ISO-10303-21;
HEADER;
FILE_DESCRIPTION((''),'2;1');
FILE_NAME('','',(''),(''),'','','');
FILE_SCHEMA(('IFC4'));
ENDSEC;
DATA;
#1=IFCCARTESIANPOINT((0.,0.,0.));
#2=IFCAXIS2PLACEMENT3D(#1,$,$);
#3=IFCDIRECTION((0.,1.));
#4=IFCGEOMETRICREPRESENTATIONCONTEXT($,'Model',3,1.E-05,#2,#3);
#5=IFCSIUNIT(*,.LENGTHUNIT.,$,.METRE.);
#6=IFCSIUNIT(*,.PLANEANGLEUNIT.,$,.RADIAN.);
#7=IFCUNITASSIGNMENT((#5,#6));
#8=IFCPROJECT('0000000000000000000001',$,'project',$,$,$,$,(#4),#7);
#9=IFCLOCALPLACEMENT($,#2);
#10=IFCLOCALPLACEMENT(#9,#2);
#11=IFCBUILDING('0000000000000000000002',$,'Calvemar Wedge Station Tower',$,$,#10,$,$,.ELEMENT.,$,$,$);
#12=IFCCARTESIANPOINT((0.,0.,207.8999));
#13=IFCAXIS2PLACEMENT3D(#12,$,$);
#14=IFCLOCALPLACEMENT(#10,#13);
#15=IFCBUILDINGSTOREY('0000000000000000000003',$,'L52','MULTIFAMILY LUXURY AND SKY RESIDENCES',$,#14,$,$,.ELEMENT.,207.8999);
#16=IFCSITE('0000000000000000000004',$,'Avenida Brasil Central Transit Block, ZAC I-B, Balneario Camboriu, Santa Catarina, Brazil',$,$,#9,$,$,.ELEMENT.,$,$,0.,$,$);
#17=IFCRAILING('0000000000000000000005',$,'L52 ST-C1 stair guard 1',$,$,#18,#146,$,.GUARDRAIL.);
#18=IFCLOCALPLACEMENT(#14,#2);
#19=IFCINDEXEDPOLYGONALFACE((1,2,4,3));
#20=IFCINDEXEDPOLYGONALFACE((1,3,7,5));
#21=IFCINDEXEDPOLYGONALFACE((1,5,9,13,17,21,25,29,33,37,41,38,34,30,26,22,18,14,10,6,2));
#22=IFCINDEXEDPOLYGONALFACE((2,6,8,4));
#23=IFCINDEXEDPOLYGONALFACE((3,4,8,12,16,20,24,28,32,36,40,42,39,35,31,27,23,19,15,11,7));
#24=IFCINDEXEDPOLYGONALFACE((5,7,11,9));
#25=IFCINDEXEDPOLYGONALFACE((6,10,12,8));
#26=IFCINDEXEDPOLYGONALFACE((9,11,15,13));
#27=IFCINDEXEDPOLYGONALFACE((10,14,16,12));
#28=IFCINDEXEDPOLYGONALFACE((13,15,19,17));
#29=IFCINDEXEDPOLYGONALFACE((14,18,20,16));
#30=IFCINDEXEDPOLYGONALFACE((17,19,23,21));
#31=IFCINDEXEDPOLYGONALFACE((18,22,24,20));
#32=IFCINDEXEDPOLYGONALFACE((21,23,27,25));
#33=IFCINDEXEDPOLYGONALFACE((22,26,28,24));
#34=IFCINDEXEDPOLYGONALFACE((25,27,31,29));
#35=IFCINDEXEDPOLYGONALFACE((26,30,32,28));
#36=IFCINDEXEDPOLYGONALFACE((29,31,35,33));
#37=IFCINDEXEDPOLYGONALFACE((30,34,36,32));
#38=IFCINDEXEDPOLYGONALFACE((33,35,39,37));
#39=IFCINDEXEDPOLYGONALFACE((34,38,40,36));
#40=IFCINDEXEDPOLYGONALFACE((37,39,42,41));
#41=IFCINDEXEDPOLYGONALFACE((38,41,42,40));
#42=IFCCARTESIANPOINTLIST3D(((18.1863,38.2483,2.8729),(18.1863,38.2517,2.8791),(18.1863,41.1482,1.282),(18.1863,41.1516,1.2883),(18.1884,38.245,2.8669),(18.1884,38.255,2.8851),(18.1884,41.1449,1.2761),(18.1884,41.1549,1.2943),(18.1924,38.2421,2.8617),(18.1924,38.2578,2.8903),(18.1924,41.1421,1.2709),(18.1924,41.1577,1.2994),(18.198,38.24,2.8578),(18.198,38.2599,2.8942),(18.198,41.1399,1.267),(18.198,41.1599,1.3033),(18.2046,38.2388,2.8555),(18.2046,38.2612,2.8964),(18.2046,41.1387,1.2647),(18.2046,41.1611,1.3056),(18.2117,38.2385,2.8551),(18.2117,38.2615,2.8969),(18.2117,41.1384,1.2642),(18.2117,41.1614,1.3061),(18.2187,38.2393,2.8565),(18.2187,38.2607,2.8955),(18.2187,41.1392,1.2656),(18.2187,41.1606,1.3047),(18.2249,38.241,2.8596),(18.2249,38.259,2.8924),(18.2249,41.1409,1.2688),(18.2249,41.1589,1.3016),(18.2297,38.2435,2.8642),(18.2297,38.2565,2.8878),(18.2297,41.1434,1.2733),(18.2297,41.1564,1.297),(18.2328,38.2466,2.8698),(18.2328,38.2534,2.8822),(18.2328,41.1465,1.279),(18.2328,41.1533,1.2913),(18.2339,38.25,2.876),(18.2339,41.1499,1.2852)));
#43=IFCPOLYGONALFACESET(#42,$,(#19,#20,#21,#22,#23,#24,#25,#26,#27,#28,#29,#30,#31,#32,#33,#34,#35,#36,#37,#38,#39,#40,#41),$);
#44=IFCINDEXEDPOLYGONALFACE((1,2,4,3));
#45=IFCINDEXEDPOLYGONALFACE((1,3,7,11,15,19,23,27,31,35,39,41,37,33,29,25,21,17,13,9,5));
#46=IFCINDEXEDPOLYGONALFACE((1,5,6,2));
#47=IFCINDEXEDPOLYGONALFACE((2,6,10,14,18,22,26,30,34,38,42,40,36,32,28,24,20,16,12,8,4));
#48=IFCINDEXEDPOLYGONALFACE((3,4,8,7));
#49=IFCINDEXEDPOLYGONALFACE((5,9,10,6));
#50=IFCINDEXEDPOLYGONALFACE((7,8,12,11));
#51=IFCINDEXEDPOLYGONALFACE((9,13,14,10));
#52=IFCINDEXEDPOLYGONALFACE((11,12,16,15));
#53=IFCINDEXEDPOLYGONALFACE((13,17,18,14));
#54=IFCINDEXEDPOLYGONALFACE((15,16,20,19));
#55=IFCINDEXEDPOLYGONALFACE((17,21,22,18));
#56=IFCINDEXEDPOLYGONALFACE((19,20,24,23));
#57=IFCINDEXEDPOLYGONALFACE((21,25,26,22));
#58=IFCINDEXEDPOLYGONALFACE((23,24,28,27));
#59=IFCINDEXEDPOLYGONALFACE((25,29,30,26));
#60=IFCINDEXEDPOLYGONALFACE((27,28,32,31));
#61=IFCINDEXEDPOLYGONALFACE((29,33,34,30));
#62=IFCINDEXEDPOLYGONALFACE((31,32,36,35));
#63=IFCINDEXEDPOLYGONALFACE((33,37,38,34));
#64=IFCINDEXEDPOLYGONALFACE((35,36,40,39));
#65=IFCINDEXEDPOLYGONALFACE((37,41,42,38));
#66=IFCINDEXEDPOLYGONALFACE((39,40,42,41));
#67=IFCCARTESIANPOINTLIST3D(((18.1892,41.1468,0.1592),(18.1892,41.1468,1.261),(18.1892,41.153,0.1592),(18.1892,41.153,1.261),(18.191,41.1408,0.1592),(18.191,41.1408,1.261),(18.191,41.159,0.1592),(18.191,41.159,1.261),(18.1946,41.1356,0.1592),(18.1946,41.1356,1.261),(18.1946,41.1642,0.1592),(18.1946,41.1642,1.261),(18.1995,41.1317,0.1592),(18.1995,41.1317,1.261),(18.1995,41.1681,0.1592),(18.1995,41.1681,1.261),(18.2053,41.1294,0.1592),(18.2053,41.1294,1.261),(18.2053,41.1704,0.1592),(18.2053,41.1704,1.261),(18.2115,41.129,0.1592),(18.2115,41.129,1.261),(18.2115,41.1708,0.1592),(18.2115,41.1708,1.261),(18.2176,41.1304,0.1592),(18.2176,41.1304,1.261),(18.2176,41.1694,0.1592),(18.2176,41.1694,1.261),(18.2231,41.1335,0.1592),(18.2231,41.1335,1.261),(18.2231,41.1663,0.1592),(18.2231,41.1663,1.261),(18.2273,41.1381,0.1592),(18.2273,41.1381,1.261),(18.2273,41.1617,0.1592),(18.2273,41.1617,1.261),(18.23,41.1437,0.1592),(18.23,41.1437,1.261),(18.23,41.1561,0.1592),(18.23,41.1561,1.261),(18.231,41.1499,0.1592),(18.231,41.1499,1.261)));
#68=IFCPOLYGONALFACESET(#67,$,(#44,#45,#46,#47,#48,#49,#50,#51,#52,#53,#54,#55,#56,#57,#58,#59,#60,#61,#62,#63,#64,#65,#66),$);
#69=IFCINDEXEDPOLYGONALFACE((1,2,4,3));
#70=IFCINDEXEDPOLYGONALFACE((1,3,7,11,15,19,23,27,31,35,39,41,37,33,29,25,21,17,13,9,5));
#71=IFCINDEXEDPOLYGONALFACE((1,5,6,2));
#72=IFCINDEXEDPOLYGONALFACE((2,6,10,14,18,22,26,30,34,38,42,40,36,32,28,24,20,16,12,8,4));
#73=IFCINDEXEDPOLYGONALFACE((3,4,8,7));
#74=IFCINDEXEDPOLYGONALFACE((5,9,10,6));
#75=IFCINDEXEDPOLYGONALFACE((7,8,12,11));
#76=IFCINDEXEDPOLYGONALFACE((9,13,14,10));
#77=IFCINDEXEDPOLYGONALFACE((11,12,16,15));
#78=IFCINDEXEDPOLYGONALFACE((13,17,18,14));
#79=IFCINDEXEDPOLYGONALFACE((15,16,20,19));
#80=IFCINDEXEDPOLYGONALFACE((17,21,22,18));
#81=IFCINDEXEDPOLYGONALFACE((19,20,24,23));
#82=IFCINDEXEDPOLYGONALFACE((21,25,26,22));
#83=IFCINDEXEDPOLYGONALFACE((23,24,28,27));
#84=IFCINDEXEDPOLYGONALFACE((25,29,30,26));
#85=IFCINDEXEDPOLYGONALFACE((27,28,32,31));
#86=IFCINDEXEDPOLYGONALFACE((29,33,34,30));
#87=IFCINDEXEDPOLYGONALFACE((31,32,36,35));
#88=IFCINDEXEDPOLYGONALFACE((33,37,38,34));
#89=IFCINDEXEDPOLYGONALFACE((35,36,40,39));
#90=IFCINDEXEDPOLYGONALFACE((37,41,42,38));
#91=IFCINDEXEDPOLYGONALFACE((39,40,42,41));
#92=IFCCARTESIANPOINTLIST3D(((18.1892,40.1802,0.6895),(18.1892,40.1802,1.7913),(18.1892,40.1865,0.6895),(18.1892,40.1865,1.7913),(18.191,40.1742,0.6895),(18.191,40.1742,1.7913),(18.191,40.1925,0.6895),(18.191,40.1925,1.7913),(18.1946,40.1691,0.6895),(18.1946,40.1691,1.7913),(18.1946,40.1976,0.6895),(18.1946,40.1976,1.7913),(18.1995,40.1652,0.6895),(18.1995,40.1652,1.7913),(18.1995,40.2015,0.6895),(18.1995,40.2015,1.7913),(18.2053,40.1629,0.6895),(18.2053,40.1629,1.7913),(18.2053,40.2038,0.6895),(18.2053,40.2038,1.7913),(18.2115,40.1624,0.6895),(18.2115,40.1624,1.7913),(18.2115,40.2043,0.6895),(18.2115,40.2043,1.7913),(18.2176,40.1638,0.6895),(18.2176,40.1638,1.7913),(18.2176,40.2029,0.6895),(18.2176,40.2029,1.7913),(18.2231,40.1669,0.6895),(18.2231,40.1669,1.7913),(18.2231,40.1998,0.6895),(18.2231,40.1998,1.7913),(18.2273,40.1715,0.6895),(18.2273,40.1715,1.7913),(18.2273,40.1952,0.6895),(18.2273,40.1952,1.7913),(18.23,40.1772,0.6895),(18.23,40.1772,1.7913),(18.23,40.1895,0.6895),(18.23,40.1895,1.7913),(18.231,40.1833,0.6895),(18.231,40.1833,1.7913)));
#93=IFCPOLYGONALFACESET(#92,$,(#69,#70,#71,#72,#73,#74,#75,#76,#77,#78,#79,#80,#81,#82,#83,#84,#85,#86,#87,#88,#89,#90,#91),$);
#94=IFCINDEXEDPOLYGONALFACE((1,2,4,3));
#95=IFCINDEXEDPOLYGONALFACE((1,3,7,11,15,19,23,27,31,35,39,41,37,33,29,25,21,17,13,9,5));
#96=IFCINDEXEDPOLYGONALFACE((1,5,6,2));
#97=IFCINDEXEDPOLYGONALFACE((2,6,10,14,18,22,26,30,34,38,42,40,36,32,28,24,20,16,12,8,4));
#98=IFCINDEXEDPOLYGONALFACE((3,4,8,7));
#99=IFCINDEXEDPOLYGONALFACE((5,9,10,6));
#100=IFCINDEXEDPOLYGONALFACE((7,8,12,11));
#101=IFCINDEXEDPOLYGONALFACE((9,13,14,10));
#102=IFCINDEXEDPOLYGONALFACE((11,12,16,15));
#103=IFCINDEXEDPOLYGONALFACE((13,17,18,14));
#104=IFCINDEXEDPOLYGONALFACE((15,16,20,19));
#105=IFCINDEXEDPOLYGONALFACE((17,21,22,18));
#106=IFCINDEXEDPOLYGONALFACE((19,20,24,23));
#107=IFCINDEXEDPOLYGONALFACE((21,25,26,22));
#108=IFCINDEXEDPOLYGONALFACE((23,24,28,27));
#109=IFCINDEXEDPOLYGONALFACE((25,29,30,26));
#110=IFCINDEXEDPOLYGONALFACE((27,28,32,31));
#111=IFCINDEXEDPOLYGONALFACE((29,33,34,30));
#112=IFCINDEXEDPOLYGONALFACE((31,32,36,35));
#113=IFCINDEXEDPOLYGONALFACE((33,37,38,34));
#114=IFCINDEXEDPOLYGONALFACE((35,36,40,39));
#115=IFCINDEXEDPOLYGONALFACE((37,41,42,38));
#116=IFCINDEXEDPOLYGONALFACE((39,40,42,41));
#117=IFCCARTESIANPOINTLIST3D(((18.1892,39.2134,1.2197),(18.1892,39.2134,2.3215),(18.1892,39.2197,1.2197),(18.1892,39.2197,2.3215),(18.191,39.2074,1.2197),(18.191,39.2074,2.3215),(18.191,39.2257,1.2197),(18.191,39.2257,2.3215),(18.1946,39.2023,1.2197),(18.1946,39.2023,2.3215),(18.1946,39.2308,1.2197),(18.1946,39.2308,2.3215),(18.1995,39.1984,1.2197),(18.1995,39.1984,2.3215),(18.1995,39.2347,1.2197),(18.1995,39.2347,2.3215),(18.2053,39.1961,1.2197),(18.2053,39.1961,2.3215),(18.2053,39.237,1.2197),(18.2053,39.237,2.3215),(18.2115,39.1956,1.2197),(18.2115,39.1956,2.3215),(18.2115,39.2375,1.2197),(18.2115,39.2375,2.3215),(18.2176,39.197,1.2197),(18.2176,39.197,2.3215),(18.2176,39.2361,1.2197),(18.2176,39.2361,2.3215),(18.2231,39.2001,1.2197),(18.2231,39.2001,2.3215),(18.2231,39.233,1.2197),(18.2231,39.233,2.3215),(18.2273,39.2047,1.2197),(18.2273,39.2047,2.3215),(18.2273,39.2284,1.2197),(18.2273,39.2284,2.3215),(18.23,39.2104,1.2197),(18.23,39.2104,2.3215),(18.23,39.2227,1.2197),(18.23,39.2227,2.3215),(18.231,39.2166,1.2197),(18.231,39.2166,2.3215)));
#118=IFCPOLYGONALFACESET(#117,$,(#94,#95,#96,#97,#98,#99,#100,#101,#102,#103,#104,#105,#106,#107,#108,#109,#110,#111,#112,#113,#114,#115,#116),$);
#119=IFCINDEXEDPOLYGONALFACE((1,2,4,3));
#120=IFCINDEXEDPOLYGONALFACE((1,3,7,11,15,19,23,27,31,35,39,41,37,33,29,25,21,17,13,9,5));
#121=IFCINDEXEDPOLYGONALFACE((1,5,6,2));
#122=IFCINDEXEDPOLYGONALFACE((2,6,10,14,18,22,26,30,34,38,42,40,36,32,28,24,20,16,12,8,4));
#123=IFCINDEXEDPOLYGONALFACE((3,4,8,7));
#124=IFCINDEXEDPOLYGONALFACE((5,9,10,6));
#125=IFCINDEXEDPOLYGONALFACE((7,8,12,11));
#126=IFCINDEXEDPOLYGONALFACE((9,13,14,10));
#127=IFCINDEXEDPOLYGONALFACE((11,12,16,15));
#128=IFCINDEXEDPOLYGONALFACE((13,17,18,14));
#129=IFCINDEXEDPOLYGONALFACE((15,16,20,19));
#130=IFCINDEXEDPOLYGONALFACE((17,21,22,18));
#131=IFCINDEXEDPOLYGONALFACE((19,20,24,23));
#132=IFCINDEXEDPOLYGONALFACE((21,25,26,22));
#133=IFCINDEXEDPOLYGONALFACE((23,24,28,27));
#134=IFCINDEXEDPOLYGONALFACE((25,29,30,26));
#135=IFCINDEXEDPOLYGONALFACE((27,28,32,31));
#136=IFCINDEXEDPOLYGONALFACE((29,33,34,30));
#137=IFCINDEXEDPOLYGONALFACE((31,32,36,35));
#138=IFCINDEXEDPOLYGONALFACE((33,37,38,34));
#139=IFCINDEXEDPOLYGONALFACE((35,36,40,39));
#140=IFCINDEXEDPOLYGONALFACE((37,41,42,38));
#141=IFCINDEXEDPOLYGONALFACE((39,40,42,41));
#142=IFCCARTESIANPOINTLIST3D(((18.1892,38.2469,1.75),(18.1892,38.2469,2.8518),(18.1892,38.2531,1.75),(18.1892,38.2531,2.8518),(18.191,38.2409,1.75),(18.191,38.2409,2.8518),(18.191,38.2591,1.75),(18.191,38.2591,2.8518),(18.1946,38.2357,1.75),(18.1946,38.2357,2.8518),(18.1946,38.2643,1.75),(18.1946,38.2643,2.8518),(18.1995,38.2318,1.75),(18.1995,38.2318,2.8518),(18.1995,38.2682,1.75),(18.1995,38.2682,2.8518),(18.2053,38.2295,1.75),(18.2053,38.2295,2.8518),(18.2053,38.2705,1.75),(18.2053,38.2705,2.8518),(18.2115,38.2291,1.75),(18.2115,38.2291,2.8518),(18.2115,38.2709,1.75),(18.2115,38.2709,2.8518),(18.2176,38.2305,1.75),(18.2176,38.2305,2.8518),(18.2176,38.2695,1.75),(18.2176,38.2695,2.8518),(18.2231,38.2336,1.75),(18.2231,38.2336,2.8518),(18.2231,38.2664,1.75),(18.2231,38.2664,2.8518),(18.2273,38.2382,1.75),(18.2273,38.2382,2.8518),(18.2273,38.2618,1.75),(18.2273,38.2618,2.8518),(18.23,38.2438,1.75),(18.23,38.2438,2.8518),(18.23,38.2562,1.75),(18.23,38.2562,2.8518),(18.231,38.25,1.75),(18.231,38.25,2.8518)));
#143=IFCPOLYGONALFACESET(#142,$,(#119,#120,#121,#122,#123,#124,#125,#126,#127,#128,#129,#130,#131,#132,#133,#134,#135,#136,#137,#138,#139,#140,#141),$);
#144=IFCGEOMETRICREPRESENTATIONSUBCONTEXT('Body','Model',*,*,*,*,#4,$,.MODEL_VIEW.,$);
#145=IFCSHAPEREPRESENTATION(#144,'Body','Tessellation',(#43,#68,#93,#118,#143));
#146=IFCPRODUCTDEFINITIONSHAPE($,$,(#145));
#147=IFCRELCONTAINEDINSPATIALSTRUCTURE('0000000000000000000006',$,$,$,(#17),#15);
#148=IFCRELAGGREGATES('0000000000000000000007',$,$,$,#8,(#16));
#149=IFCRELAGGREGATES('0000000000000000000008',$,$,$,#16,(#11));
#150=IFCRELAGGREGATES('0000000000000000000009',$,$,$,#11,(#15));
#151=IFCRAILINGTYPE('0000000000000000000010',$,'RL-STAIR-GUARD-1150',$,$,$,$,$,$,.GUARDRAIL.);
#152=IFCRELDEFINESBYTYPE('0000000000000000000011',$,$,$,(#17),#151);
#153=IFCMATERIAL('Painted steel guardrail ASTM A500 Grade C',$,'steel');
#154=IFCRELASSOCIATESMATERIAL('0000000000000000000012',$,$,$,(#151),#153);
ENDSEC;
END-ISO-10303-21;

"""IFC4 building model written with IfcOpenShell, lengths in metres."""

from ifc_helpers import new_model, si_unit, direction, frame, origin, origin_2d, place, context, subcontext, project, spatial, circle, extrude, material, type_object, element, save


model = new_model("IFC4")

# Units and contexts
model_context = context("Model", 3, precision=1e-05, world=origin(), true_north=direction((0.0, 1.0)))
body_context = subcontext(model_context, "Body", "Model", "MODEL_VIEW")
ifc_project = project(units=[si_unit("LENGTHUNIT", "METRE"), si_unit("PLANEANGLEUNIT", "RADIAN")], contexts=[model_context])

# Site, building, storey
site_placement = place(None, origin())
site = spatial("IfcSite", under=ifc_project, at=site_placement, Name="Avenida Brasil Central Transit Block, ZAC I-B, Balneario Camboriu, Santa Catarina, Brazil", CompositionType="ELEMENT", RefElevation=0.0)
building_placement = place(site_placement, origin())
building = spatial("IfcBuilding", under=site, at=building_placement, Name="Calvemar Wedge Station Tower", CompositionType="ELEMENT")
storey_placement = place(building_placement, frame((0.0, 0.0, 207.8999)))
storey = spatial("IfcBuildingStorey", under=building, at=storey_placement, Name="L52", Description="MULTIFAMILY LUXURY AND SKY RESIDENCES", CompositionType="ELEMENT", Elevation=207.8999)

# Railing
ifc_material_1 = material(Name="Painted steel guardrail ASTM A500 Grade C", Category="steel")
railing_type_1 = type_object("IfcRailingType", Name="RL-STAIR-GUARD-1150", PredefinedType="GUARDRAIL", material=ifc_material_1)
railing_1_placement = place(storey_placement, frame((18.21, 41.1499, 0.1592)))
element("IfcRailing", 1, at=railing_1_placement, inside=storey, type_object=railing_type_1, Name="L52 ST-C1 stair guard 1", PredefinedType="GUARDRAIL", context=body_context, shape_type="SweptSolid", body=[
    extrude(circle(Radius=0.0239, at=origin_2d()), frame((0.0, 0.0, 1.126), z_axis=(0.0, -0.876742, 0.480961), x_axis=(1.0, 0.0, 0.0)), (0.0, 0.0, 1.0), 3.3076),
    extrude(circle(Radius=0.021, at=origin_2d()), origin(), (0.0, 0.0, 1.0), 1.1018),
    extrude(circle(Radius=0.021, at=origin_2d()), frame((0.0, -0.9666, 0.5303)), (0.0, 0.0, 1.0), 1.1018),
    extrude(circle(Radius=0.021, at=origin_2d()), frame((0.0, -1.9333, 1.0605)), (0.0, 0.0, 1.0), 1.1018),
    extrude(circle(Radius=0.021, at=origin_2d()), frame((0.0, -2.8999, 1.5908)), (0.0, 0.0, 1.0), 1.1018),
])

save(model, "model.ifc")
